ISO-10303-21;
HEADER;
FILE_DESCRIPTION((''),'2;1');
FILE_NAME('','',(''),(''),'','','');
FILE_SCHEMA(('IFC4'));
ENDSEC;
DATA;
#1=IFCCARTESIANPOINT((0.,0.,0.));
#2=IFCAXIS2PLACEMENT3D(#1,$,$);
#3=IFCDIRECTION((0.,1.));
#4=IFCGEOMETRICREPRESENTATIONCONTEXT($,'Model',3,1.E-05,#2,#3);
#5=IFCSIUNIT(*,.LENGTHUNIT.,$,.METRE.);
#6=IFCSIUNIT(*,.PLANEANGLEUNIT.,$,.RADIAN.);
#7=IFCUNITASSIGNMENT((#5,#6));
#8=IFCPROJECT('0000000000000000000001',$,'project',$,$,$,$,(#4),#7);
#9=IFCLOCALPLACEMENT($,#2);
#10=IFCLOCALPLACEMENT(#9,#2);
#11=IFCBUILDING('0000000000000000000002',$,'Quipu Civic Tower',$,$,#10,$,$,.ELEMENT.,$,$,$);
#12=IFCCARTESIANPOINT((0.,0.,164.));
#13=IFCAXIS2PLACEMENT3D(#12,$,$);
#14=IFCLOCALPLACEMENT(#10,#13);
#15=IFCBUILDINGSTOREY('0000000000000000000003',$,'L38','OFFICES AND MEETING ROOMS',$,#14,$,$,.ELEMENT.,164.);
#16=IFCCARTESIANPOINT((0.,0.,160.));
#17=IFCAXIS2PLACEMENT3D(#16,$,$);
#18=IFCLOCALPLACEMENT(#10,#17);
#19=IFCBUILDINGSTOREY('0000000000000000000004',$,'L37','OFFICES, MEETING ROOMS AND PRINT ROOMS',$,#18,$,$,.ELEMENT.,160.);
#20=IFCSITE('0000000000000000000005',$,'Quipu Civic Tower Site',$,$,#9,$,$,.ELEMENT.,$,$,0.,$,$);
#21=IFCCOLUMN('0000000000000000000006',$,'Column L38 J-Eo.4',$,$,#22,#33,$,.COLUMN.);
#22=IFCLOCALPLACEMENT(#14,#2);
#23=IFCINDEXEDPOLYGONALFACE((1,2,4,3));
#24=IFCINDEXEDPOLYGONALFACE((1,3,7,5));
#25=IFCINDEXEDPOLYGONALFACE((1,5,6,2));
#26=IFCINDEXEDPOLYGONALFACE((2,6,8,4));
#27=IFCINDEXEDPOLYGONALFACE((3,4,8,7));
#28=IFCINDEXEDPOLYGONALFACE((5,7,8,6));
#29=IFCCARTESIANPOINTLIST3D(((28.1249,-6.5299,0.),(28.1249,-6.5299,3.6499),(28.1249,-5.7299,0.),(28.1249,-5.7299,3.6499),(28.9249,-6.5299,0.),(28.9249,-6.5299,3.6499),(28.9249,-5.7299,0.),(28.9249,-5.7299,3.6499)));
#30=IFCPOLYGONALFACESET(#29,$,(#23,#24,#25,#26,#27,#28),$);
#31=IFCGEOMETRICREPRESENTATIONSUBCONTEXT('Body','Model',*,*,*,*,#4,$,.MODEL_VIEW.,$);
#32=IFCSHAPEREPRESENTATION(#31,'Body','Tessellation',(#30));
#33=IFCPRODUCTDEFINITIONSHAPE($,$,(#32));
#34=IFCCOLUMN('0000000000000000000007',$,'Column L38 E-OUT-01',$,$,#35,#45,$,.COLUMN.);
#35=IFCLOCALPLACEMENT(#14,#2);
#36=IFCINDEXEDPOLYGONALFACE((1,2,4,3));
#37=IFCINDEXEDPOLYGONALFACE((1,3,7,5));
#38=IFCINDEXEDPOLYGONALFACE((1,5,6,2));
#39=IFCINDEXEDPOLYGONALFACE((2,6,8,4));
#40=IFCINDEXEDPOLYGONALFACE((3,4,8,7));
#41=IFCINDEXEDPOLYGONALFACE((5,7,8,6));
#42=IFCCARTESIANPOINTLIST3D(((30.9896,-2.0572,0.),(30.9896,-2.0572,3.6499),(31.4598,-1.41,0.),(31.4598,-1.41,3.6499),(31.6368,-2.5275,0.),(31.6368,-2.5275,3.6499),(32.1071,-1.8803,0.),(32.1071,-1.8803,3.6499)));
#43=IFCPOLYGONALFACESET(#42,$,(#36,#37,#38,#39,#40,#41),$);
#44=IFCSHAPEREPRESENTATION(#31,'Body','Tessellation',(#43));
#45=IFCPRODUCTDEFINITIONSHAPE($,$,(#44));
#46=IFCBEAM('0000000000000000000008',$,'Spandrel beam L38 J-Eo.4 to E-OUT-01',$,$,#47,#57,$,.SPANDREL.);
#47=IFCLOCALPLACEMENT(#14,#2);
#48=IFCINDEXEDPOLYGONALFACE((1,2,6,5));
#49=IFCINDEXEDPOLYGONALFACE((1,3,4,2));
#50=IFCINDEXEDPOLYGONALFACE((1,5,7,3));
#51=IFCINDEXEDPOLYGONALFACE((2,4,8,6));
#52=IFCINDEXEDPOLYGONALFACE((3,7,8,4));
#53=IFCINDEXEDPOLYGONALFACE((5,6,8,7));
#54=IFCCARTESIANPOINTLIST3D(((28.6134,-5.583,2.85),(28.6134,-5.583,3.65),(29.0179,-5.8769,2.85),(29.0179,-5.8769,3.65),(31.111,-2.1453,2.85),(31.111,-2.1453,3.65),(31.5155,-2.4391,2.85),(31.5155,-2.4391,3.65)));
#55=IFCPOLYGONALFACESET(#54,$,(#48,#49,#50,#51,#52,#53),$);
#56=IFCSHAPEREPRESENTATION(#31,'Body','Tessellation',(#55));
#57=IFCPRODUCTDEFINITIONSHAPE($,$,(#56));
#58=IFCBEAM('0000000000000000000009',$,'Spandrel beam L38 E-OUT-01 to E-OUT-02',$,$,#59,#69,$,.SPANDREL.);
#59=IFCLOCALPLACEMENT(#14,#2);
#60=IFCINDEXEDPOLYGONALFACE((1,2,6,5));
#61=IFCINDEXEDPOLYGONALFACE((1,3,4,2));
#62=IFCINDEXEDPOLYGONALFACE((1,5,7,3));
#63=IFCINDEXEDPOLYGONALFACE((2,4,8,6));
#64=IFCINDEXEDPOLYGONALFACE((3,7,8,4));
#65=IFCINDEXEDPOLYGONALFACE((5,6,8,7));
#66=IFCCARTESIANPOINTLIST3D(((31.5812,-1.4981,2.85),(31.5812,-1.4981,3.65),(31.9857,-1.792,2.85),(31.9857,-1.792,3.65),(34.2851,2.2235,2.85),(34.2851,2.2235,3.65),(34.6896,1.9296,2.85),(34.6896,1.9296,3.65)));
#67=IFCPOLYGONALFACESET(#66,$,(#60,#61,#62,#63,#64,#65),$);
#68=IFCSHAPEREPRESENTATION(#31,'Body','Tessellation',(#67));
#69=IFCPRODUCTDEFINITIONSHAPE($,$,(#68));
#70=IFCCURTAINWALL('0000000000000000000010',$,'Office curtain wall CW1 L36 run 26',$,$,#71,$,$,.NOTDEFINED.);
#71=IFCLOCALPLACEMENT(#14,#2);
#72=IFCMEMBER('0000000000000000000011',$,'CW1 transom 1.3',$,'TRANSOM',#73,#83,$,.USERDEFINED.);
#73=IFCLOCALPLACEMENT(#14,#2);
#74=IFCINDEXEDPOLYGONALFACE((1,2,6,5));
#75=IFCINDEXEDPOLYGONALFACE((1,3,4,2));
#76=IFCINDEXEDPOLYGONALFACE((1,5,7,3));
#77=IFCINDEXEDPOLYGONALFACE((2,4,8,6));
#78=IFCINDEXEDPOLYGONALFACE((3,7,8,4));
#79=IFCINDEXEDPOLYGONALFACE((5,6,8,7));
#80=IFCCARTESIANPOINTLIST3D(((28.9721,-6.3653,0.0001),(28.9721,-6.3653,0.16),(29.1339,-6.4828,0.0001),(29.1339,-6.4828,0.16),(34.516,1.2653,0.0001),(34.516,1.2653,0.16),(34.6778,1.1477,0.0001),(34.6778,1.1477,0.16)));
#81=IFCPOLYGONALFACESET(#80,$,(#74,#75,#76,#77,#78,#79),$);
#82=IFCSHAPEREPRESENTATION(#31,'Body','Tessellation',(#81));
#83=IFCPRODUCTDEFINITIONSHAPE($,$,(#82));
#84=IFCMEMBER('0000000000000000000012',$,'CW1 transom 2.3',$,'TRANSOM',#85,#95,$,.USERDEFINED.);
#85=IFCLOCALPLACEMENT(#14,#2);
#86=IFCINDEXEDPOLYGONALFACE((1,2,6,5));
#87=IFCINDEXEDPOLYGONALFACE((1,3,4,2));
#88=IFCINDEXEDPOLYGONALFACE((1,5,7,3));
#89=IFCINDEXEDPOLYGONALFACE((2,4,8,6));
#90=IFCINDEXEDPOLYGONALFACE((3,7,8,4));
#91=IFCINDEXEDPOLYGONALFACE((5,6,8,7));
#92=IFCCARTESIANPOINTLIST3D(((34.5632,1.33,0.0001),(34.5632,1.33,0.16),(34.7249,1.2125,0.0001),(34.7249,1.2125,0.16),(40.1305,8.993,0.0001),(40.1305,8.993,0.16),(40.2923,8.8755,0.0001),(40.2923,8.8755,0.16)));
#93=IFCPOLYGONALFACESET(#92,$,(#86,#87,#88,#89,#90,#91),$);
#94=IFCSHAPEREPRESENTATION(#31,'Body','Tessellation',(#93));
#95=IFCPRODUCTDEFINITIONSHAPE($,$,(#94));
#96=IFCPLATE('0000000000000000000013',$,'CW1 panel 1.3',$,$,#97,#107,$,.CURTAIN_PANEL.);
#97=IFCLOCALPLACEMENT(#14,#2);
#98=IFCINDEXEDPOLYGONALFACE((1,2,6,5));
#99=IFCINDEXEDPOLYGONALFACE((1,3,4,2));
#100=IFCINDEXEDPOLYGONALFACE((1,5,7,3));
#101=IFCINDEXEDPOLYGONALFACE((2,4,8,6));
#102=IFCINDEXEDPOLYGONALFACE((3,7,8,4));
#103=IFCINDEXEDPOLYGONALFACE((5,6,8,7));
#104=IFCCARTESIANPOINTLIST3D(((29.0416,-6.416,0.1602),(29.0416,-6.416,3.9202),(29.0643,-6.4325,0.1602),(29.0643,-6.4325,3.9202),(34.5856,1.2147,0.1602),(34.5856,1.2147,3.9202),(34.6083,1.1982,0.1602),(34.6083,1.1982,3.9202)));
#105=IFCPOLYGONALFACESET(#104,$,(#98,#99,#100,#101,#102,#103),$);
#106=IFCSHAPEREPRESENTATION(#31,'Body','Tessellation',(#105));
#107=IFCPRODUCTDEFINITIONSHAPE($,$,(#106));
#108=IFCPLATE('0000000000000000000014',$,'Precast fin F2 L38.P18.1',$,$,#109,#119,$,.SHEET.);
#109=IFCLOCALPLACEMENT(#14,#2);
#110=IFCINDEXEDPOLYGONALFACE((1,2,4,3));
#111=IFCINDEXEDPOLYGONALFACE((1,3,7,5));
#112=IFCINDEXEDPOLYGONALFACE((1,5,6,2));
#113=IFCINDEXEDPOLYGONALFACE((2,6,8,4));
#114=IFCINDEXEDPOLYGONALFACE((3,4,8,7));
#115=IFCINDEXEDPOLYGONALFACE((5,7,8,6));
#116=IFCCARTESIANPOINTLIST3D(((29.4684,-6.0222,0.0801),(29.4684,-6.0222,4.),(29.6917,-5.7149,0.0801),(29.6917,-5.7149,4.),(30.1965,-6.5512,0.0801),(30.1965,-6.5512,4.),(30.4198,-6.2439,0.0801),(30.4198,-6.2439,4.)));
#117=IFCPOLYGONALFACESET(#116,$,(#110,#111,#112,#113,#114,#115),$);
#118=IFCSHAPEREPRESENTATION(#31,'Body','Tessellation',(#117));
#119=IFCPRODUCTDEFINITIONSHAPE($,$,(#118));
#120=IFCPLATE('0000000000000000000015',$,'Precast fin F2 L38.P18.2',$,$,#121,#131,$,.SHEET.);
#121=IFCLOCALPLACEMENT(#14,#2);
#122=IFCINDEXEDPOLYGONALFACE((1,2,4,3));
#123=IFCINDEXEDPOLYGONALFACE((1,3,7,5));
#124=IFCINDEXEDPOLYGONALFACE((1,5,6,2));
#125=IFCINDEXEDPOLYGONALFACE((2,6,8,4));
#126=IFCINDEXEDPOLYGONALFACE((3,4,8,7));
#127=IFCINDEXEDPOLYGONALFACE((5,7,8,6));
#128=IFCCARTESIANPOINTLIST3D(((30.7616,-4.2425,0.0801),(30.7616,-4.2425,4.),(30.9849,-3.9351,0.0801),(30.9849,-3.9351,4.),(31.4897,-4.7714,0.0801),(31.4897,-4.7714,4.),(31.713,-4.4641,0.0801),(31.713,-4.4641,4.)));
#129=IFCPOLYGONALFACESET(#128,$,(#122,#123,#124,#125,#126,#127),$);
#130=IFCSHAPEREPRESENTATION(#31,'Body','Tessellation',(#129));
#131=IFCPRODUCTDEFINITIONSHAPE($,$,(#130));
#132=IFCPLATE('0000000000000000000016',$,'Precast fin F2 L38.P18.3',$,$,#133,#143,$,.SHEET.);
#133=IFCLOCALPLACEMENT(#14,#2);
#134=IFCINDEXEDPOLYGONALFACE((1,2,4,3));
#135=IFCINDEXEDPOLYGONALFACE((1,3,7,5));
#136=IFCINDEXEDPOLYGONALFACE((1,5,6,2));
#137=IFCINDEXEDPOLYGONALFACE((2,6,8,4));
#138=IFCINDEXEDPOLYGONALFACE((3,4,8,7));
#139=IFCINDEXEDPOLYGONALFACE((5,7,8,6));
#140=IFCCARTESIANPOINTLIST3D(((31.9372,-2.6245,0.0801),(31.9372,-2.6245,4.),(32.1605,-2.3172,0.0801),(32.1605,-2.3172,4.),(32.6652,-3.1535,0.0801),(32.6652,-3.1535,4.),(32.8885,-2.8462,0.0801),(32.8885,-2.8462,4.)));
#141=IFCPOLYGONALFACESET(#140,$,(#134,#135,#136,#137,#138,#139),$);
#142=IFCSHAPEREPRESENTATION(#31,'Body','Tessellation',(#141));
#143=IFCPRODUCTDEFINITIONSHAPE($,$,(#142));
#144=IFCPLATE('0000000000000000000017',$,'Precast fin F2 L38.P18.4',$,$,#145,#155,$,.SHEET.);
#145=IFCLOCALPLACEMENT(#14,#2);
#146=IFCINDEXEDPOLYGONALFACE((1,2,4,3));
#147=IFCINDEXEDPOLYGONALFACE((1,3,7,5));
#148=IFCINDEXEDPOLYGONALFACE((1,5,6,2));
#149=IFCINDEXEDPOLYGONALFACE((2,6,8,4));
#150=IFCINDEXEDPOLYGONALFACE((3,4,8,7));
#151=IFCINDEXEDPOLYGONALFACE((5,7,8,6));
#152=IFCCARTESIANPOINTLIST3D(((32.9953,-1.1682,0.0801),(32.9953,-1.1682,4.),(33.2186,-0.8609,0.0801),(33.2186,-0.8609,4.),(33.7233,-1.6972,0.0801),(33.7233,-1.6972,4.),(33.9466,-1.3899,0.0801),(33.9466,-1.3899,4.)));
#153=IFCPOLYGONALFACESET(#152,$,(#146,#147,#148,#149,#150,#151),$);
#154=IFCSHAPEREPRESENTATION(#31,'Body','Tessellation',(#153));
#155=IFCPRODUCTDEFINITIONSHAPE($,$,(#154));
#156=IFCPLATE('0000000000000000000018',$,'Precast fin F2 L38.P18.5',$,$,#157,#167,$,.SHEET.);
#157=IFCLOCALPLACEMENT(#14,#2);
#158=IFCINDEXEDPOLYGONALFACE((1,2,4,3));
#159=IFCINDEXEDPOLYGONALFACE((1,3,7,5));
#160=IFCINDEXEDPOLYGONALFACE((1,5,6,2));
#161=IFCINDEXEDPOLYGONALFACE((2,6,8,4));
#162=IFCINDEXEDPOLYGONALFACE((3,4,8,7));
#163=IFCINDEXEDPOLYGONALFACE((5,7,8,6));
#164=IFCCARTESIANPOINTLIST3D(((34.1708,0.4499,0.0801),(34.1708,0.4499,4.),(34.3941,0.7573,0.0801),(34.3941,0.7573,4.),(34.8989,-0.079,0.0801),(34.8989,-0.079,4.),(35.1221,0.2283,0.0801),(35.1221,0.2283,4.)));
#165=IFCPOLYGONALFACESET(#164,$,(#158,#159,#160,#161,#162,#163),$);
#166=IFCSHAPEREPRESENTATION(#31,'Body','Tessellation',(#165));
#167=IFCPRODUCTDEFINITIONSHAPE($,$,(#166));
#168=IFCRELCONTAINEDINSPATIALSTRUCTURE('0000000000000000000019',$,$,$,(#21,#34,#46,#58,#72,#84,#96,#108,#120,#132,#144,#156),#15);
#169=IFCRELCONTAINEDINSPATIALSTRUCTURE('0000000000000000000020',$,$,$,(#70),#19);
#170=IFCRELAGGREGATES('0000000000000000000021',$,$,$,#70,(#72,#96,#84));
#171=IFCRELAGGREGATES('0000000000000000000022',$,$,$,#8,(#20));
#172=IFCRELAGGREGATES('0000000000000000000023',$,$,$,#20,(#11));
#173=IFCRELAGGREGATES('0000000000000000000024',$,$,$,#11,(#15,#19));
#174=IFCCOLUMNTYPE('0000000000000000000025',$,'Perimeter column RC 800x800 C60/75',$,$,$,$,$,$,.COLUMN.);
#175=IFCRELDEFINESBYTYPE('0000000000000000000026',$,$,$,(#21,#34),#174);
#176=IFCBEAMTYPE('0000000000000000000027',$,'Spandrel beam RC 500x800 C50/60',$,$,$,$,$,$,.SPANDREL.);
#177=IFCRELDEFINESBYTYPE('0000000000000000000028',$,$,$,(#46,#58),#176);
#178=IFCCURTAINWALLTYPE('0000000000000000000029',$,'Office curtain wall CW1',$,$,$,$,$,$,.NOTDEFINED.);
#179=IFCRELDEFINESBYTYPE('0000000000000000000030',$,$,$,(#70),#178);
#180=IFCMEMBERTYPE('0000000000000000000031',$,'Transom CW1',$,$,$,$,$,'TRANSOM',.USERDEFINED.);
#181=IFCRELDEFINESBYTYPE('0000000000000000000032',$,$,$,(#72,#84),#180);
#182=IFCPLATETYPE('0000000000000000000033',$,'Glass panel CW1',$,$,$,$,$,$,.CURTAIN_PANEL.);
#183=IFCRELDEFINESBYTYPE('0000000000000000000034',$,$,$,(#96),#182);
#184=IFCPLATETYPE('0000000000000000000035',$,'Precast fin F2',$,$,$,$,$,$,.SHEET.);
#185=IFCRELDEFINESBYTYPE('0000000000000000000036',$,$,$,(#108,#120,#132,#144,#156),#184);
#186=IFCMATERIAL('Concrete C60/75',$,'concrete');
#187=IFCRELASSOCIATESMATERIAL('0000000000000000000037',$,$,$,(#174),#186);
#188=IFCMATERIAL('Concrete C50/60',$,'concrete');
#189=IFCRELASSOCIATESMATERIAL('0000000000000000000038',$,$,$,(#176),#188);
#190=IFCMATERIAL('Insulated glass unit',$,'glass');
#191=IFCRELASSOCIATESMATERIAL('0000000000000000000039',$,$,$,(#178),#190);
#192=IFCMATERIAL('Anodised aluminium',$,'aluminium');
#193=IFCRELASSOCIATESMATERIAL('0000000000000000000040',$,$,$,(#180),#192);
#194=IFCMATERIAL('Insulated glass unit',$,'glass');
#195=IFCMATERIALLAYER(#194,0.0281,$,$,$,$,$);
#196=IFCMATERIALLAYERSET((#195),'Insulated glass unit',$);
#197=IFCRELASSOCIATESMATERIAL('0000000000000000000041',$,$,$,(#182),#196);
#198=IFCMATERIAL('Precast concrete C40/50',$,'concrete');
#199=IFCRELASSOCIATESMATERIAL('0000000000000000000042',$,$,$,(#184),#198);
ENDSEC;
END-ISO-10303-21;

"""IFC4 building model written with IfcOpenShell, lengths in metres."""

from ifc_helpers import new_model, si_unit, direction, frame, origin, origin_2d, place, context, subcontext, project, spatial, rectangle, extrude, material, layer, layer_set, material_profile, profile_set, type_object, element, aggregate, save


model = new_model("IFC4")

# Units and contexts
model_context = context("Model", 3, precision=1e-05, world=origin(), true_north=direction((0.0, 1.0)))
body_context = subcontext(model_context, "Body", "Model", "MODEL_VIEW")
ifc_project = project(units=[si_unit("LENGTHUNIT", "METRE"), si_unit("PLANEANGLEUNIT", "RADIAN")], contexts=[model_context])

# Site, building, storey
site_placement = place(None, origin())
site = spatial("IfcSite", under=ifc_project, at=site_placement, Name="Quipu Civic Tower Site", CompositionType="ELEMENT", RefElevation=0.0)
building_placement = place(site_placement, origin())
building = spatial("IfcBuilding", under=site, at=building_placement, Name="Quipu Civic Tower", CompositionType="ELEMENT")
storey_1_placement = place(building_placement, frame((0.0, 0.0, 164.0)))
storey_1 = spatial("IfcBuildingStorey", under=building, at=storey_1_placement, Name="L38", Description="OFFICES AND MEETING ROOMS", CompositionType="ELEMENT", Elevation=164.0)

# Columns
ifc_material_1 = material(Name="Concrete C60/75", Category="concrete")
ifc_material_profile_1 = material_profile(ifc_material_1, rectangle(XDim=0.8, YDim=0.8, at=origin_2d()), Name="RC800x800")
ifc_profile_set_1 = profile_set([ifc_material_profile_1], Name="Concrete C60/75")
column_type = type_object("IfcColumnType", Name="Perimeter column RC 800x800 C60/75", PredefinedType="COLUMN", material=ifc_profile_set_1)
for number, where, z_axis, x_axis, name in (
    (1, (28.5249, -6.1299, 0.0), (0.0, 0.0, 1.0), (1.0, 0.0, 0.0), "Column L38 J-Eo.4"),
    (2, (31.5483, -1.9688, 0.0), (0.0, 0.0, 1.0), (0.587785, 0.809017, 0.0), "Column L38 E-OUT-01"),
):
    element("IfcColumn", number, at=place(storey_1_placement, frame(where, z_axis=z_axis, x_axis=x_axis)), inside=storey_1, type_object=column_type, Name=name, PredefinedType="COLUMN", context=body_context, shape_type="SweptSolid", body=[
        extrude(rectangle(XDim=0.8, YDim=0.8, at=origin_2d()), origin(), (0.0, 0.0, 1.0), 3.6499),
    ])

# Beams
ifc_material_2 = material(Name="Concrete C50/60", Category="concrete")
ifc_material_profile_2 = material_profile(ifc_material_2, rectangle(XDim=0.5, YDim=0.8, at=origin_2d()), Name="RC500x800")
ifc_profile_set_2 = profile_set([ifc_material_profile_2], Name="Concrete C50/60")
beam_type = type_object("IfcBeamType", Name="Spandrel beam RC 500x800 C50/60", PredefinedType="SPANDREL", material=ifc_profile_set_2)
beam_1_placement = place(storey_1_placement, frame((28.8157, -5.73, 3.25), z_axis=(0.587769, 0.809029, 0.0), x_axis=(-0.809029, 0.587769, 0.0)))
element("IfcBeam", 3, at=beam_1_placement, inside=storey_1, type_object=beam_type, Name="Spandrel beam L38 J-Eo.4 to E-OUT-01", PredefinedType="SPANDREL", context=body_context, shape_type="SweptSolid", body=[
    extrude(rectangle(XDim=0.5, YDim=0.8, at=origin_2d()), origin(), (0.0, 0.0, 1.0), 4.2493),
])
beam_2_placement = place(storey_1_placement, frame((31.7834, -1.645, 3.25), z_axis=(0.587796, 0.809009, 0.0), x_axis=(-0.809009, 0.587796, 0.0)))
element("IfcBeam", 4, at=beam_2_placement, inside=storey_1, type_object=beam_type, Name="Spandrel beam L38 E-OUT-01 to E-OUT-02", PredefinedType="SPANDREL", context=body_context, shape_type="SweptSolid", body=[
    extrude(rectangle(XDim=0.5, YDim=0.8, at=origin_2d()), origin(), (0.0, 0.0, 1.0), 4.6001),
])

# Shared definitions
storey_2_placement = place(building_placement, frame((0.0, 0.0, 160.0)))
storey_2 = spatial("IfcBuildingStorey", under=building, at=storey_2_placement, Name="L37", Description="OFFICES, MEETING ROOMS AND PRINT ROOMS", CompositionType="ELEMENT", Elevation=160.0)

# Curtain wall, members, plate
ifc_material_3 = material(Name="Insulated glass unit", Category="glass")
curtain_wall_type = type_object("IfcCurtainWallType", Name="Office curtain wall CW1", PredefinedType="NOTDEFINED", material=ifc_material_3)
curtain_wall_placement = place(storey_2_placement, origin())
curtain_wall = element("IfcCurtainWall", 5, at=curtain_wall_placement, inside=storey_2, type_object=curtain_wall_type, Name="Office curtain wall CW1 L36 run 26", PredefinedType="NOTDEFINED")
ifc_material_4 = material(Name="Anodised aluminium", Category="aluminium")
ifc_material_profile_3 = material_profile(ifc_material_4, rectangle(XDim=0.2, YDim=0.1599, at=origin_2d()), Name="RECT 200x160")
ifc_profile_set_3 = profile_set([ifc_material_profile_3], Name="Anodised aluminium")
member_type = type_object("IfcMemberType", Name="Transom CW1", ElementType="TRANSOM", PredefinedType="USERDEFINED", material=ifc_profile_set_3)
member_1_placement = place(storey_1_placement, frame((29.053, -6.4241, 0.0801), z_axis=(0.587784, 0.809018, 0.0), x_axis=(-0.809018, 0.587784, 0.0)))
member_1 = element("IfcMember", 6, at=member_1_placement, inside=storey_1, type_object=member_type, Name="CW1 transom 1.3", ObjectType="TRANSOM", PredefinedType="USERDEFINED", context=body_context, shape_type="SweptSolid", body=[
    extrude(rectangle(XDim=0.2, YDim=0.1599, at=origin_2d()), origin(), (0.0, 0.0, 1.0), 9.4319),
])
member_2_placement = place(storey_1_placement, frame((34.644, 1.2712, 0.0801), z_axis=(0.587773, 0.809026, 0.0), x_axis=(-0.809026, 0.587773, 0.0)))
member_2 = element("IfcMember", 7, at=member_2_placement, inside=storey_1, type_object=member_type, Name="CW1 transom 2.3", ObjectType="TRANSOM", PredefinedType="USERDEFINED", context=body_context, shape_type="SweptSolid", body=[
    extrude(rectangle(XDim=0.2, YDim=0.1599, at=origin_2d()), origin(), (0.0, 0.0, 1.0), 9.4719),
])
ifc_material_5 = material(Name="Insulated glass unit", Category="glass")
ifc_layer = layer(ifc_material_5, 0.0281)
ifc_layer_set = layer_set([ifc_layer], Name="Insulated glass unit")
plate_type_1 = type_object("IfcPlateType", Name="Glass panel CW1", PredefinedType="CURTAIN_PANEL", material=ifc_layer_set)
plate_placement = place(storey_1_placement, frame((31.825, -2.6089, 0.1602), z_axis=(0.0, 0.0, 1.0), x_axis=(0.587786, 0.809017, 0.0)))
plate = element("IfcPlate", 8, at=plate_placement, inside=storey_1, type_object=plate_type_1, Name="CW1 panel 1.3", PredefinedType="CURTAIN_PANEL", context=body_context, shape_type="SweptSolid", body=[
    extrude(rectangle(XDim=9.4321, YDim=0.0281, at=origin_2d()), origin(), (0.0, 0.0, 1.0), 3.76),
])
aggregate(curtain_wall, [member_1, plate, member_2])

# Plates
ifc_material_6 = material(Name="Precast concrete C40/50", Category="concrete")
plate_type_2 = type_object("IfcPlateType", Name="Precast fin F2", PredefinedType="SHEET", material=ifc_material_6)
for number, where, z_axis, x_axis, name in (
    (9, (29.9441, -6.1331, 0.0801), (0.0, 0.0, 1.0), (0.587786, 0.809017, 0.0), "Precast fin F2 L38.P18.1"),
    (10, (31.2373, -4.3533, 0.0801), (0.0, 0.0, 1.0), (0.587786, 0.809017, 0.0), "Precast fin F2 L38.P18.2"),
    (11, (32.4128, -2.7354, 0.0801), (0.0, 0.0, 1.0), (0.587786, 0.809017, 0.0), "Precast fin F2 L38.P18.3"),
    (12, (33.4709, -1.2791, 0.0801), (0.0, 0.0, 1.0), (0.587786, 0.809017, 0.0), "Precast fin F2 L38.P18.4"),
    (13, (34.6465, 0.3391, 0.0801), (0.0, 0.0, 1.0), (0.587786, 0.809017, 0.0), "Precast fin F2 L38.P18.5"),
):
    element("IfcPlate", number, at=place(storey_1_placement, frame(where, z_axis=z_axis, x_axis=x_axis)), inside=storey_1, type_object=plate_type_2, Name=name, PredefinedType="SHEET", context=body_context, shape_type="SweptSolid", body=[
        extrude(rectangle(XDim=0.3799, YDim=0.8999, at=origin_2d()), origin(), (0.0, 0.0, 1.0), 3.9199),
    ])

save(model, "model.ifc")
